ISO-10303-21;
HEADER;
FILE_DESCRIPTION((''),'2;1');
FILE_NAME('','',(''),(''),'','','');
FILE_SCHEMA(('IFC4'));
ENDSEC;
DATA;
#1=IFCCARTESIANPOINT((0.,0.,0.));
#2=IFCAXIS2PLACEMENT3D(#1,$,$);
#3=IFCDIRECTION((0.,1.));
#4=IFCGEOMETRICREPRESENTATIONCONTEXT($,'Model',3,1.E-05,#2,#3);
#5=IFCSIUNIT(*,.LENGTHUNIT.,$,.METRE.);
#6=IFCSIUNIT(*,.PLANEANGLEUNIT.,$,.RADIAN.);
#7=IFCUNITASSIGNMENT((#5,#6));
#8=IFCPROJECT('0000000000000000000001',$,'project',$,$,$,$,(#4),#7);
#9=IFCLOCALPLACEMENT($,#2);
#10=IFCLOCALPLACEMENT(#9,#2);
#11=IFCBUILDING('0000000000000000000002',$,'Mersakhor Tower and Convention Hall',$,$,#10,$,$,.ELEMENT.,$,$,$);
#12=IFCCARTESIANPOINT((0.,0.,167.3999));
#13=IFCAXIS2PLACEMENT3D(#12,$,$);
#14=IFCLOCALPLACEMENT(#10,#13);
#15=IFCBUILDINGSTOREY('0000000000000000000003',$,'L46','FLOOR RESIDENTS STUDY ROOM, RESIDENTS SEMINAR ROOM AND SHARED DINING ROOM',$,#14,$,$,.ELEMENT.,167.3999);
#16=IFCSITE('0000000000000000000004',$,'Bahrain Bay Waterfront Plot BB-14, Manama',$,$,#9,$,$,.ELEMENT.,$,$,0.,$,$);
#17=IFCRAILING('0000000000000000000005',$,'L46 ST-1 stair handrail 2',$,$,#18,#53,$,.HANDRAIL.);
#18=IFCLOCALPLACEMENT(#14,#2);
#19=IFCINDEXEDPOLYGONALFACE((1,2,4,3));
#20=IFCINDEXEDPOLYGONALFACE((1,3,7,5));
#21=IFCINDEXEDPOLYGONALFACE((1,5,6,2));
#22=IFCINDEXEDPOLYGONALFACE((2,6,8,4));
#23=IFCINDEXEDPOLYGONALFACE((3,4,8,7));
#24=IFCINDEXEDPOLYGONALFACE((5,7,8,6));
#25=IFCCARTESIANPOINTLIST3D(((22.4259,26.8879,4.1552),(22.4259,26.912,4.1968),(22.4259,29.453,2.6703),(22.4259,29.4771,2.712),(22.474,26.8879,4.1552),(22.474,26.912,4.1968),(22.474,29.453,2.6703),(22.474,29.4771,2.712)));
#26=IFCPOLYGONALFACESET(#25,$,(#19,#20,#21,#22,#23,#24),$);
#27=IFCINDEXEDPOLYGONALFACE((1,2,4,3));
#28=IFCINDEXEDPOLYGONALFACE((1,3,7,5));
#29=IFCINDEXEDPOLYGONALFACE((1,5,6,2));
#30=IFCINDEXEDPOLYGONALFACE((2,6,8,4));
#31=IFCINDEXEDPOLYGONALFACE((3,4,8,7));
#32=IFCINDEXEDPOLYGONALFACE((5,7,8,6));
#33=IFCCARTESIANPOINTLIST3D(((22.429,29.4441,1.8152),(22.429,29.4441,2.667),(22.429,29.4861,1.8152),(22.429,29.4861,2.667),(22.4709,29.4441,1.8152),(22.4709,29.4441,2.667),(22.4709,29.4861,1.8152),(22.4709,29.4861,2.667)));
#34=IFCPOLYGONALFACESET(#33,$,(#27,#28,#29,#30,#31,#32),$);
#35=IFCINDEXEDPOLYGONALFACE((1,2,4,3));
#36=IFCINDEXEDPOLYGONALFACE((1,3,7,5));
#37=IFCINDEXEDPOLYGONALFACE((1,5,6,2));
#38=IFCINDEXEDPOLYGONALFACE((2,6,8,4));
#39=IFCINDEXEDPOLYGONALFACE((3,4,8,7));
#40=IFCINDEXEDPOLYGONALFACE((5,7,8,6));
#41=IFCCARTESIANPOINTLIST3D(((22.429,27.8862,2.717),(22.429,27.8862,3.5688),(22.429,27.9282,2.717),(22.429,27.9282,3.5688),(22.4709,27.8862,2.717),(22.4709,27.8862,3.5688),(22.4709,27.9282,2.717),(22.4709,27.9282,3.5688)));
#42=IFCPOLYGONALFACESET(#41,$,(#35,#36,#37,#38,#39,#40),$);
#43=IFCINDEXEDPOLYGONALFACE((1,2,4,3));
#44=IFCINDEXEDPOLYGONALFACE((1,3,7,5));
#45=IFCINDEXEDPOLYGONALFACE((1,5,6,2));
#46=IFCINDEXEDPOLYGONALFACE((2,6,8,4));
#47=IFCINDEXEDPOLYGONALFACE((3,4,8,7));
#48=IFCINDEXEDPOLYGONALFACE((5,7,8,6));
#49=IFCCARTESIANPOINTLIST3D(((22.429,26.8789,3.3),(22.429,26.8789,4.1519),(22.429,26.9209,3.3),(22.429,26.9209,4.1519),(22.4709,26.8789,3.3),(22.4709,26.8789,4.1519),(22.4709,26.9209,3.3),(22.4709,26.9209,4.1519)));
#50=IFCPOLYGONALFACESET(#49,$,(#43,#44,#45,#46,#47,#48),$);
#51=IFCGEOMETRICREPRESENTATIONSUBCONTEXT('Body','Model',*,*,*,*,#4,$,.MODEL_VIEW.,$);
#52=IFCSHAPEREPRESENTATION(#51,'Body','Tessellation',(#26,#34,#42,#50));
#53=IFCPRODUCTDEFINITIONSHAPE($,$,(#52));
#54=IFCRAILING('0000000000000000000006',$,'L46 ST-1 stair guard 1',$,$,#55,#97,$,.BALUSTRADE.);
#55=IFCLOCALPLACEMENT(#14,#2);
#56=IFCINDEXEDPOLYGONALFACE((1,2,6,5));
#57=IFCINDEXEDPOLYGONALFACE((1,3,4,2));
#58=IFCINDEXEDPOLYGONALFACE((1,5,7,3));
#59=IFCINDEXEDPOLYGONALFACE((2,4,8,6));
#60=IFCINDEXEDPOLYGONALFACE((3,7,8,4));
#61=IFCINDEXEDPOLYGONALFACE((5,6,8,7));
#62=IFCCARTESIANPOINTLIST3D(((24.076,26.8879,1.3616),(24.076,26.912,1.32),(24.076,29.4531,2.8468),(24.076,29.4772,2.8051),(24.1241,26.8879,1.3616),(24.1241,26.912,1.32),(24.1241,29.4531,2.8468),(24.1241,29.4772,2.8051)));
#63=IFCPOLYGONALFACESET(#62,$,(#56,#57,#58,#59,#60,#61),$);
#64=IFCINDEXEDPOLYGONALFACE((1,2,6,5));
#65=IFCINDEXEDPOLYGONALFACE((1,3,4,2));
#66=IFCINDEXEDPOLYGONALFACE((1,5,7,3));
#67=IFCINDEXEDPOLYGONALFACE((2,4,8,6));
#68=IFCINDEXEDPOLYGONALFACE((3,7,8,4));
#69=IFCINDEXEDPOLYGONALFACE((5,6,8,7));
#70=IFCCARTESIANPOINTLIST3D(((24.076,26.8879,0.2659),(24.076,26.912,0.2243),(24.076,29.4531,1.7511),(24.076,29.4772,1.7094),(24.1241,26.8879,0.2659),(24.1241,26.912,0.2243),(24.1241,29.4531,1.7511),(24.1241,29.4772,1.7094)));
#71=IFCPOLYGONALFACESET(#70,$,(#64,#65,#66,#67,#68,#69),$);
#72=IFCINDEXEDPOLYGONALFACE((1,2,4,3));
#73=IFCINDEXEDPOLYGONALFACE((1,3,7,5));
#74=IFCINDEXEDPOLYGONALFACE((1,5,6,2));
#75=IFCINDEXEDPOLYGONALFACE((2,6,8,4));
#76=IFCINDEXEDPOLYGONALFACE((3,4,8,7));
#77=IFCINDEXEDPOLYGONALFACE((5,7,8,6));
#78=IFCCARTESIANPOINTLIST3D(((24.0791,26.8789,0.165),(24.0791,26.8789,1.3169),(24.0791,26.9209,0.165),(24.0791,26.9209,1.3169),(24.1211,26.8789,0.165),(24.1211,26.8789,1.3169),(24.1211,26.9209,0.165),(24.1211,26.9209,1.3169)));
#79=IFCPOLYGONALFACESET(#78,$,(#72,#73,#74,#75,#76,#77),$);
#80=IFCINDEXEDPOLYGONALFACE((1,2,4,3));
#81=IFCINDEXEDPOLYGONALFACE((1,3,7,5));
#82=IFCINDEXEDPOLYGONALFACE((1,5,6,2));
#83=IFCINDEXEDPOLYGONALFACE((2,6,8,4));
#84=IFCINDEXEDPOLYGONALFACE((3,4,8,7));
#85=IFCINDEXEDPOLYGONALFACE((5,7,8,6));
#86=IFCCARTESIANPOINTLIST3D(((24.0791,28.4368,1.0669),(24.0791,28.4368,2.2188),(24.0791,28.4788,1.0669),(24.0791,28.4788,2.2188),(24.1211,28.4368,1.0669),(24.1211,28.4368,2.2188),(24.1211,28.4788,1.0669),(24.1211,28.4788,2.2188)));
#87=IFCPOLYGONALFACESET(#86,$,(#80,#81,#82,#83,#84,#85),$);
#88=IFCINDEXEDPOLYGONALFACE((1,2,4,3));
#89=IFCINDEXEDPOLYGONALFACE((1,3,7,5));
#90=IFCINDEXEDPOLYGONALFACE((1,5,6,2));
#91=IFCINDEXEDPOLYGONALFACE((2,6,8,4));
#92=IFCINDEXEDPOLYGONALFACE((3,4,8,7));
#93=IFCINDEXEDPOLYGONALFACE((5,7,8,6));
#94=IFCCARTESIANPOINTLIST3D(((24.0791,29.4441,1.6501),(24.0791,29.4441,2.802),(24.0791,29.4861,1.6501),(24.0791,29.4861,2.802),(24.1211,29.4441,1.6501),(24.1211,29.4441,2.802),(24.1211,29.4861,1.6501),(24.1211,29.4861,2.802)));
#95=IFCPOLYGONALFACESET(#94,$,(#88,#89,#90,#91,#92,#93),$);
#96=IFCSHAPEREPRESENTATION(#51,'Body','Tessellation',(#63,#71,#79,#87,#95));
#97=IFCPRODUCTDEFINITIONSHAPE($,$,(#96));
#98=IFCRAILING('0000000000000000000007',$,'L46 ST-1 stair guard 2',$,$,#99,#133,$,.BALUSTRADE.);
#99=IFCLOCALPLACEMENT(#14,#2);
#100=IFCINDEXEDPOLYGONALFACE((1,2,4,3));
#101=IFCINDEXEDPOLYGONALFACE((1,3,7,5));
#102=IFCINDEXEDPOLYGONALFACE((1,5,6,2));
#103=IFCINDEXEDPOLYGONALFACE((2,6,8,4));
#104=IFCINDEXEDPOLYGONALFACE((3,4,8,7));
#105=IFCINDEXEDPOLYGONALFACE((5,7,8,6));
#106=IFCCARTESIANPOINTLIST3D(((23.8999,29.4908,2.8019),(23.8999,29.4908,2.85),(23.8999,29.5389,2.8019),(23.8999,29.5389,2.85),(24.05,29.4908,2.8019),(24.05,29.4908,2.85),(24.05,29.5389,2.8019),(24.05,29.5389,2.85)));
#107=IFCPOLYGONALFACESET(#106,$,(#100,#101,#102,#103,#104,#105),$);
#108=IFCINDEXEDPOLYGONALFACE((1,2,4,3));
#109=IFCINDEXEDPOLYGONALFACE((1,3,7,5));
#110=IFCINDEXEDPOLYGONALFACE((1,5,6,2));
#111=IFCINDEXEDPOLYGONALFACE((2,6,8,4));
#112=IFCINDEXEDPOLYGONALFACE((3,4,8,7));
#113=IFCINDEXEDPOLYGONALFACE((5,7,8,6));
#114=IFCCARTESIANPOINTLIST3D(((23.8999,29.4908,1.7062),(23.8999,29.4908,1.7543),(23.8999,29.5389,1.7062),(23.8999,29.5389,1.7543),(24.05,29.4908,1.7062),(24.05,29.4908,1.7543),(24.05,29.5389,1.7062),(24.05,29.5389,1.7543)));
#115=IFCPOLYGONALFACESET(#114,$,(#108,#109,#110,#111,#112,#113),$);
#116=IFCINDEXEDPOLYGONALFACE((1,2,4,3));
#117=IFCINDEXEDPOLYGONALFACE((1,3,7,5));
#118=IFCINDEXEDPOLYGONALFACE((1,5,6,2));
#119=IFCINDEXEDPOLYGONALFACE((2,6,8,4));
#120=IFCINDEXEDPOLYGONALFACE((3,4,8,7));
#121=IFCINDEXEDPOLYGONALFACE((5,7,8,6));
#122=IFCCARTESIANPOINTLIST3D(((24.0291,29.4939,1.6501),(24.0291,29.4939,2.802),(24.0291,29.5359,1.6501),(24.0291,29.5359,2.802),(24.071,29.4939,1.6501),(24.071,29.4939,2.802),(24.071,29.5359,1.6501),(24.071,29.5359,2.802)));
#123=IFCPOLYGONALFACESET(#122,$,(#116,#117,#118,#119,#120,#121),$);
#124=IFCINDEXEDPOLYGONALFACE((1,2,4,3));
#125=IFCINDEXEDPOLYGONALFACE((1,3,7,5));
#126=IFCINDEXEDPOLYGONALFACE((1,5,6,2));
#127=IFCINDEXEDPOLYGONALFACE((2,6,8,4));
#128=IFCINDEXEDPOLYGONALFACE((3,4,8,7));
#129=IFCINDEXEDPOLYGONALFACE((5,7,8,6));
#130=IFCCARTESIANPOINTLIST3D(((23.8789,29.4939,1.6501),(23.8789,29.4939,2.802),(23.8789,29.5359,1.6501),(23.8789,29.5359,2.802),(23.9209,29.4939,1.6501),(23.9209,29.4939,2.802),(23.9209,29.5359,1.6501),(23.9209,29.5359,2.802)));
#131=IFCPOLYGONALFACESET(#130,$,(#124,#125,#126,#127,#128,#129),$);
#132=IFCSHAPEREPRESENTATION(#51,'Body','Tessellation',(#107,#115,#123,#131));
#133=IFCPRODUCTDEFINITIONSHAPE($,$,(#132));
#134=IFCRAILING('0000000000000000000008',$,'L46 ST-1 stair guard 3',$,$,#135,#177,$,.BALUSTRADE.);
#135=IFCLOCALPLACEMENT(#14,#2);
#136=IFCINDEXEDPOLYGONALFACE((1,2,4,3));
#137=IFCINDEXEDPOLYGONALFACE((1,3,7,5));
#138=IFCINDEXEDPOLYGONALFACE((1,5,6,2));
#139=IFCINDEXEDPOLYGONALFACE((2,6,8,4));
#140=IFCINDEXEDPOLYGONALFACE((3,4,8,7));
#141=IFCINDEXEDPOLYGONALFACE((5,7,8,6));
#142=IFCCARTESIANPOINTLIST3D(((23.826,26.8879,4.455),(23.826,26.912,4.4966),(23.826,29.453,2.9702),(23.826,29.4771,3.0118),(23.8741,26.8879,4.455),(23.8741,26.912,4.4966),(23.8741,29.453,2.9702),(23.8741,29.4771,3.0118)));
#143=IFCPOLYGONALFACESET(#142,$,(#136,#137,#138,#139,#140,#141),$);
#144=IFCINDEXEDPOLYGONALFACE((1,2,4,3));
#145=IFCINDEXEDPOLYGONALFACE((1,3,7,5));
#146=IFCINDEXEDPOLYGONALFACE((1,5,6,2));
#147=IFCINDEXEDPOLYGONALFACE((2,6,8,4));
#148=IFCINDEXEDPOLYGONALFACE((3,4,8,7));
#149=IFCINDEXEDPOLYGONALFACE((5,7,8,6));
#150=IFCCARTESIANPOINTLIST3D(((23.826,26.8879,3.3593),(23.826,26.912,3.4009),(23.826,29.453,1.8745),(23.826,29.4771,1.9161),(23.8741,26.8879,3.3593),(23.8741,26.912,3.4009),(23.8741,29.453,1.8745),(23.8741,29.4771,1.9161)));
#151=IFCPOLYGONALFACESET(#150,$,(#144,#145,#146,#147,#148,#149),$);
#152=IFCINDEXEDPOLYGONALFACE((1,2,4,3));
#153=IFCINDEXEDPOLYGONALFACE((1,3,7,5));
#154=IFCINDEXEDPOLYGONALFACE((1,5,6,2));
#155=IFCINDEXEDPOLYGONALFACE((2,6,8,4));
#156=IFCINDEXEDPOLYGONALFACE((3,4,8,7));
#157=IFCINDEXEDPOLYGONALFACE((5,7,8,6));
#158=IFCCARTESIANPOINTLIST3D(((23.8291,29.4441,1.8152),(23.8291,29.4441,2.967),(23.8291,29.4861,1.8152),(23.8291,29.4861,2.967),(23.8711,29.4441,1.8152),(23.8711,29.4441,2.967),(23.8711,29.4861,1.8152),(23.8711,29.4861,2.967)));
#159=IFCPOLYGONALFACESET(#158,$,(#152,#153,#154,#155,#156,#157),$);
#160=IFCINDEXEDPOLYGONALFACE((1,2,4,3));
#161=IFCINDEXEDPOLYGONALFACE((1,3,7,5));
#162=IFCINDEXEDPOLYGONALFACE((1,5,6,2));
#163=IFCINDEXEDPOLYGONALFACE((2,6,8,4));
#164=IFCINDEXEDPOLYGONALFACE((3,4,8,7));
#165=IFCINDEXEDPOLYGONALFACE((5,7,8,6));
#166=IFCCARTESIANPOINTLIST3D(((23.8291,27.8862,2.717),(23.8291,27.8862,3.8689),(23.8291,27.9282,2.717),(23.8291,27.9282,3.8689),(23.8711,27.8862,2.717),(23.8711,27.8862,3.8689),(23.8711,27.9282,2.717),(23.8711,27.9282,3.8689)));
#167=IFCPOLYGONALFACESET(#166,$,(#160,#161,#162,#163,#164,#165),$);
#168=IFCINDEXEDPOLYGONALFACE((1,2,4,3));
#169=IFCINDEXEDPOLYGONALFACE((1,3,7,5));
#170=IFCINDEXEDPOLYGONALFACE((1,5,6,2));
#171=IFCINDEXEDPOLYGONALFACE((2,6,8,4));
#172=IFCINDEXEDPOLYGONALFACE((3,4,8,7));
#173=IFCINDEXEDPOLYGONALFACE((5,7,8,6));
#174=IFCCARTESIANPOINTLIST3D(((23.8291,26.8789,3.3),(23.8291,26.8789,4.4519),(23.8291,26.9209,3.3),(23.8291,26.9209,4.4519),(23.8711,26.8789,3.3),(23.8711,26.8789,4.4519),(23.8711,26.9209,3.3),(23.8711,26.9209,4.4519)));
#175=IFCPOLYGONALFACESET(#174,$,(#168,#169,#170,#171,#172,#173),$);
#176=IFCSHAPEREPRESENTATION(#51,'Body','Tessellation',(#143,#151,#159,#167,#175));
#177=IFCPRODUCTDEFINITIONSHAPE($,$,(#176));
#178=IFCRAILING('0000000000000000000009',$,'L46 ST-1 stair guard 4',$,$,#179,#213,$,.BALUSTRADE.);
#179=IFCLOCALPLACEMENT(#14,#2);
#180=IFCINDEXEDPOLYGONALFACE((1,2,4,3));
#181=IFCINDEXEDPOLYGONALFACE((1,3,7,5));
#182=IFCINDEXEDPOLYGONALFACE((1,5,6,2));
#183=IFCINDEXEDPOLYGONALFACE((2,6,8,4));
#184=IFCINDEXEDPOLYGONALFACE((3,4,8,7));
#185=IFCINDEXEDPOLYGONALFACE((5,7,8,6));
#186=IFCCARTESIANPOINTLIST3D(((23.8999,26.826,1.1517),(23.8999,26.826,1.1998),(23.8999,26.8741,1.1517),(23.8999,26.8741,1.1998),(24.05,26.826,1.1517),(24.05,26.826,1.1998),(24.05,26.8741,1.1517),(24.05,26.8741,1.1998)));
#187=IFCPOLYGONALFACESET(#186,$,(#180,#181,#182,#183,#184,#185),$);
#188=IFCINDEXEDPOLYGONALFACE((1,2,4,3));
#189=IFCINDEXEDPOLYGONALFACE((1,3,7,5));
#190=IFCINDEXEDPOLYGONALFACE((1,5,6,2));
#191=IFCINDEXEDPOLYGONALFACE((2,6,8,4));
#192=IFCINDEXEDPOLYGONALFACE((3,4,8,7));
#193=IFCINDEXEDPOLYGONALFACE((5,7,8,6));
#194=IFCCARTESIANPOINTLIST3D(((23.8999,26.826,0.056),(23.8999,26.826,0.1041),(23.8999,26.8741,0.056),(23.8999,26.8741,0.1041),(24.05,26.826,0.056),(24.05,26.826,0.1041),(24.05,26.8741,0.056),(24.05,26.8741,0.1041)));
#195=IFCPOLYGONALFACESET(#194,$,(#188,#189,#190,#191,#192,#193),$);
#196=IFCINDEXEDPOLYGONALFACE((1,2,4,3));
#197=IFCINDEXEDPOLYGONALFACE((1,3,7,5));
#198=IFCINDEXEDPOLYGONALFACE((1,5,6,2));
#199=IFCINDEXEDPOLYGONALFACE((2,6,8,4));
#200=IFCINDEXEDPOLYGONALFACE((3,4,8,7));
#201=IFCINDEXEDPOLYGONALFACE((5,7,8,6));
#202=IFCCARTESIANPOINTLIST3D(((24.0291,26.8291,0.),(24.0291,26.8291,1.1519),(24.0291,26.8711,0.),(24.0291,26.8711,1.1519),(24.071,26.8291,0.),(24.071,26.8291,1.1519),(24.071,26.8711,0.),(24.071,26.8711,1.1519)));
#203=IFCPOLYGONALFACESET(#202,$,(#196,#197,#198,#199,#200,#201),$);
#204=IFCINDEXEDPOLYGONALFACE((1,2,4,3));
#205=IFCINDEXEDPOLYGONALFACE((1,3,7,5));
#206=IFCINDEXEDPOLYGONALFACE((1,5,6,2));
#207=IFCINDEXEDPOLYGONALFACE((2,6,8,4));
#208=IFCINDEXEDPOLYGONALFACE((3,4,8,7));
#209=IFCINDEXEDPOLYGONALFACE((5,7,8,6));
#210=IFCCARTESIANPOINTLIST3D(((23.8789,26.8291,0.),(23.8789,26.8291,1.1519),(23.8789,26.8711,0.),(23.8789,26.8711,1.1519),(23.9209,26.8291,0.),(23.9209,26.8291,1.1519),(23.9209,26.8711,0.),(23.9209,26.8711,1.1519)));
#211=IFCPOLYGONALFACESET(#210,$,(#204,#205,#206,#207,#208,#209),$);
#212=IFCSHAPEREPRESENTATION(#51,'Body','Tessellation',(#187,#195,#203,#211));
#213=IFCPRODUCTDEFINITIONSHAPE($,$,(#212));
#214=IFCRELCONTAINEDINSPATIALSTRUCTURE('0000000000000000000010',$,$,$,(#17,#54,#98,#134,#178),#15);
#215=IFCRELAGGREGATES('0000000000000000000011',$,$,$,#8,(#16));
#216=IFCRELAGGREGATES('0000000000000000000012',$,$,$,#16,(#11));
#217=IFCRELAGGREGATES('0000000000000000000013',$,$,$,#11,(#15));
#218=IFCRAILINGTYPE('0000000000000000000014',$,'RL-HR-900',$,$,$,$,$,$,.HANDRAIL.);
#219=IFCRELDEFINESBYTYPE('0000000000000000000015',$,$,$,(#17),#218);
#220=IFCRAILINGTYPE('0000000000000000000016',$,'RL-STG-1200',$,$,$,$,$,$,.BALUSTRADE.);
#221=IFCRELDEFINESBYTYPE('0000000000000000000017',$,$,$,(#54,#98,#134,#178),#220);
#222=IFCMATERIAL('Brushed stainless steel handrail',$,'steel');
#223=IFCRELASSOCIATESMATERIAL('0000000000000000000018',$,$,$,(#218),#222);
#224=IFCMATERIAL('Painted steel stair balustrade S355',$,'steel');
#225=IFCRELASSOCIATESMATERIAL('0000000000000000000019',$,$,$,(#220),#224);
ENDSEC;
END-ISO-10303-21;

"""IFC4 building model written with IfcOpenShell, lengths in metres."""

from ifc_helpers import new_model, si_unit, direction, frame, origin, origin_2d, place, context, subcontext, project, spatial, rectangle, extrude, material, type_object, element, save


model = new_model("IFC4")

# Units and contexts
model_context = context("Model", 3, precision=1e-05, world=origin(), true_north=direction((0.0, 1.0)))
body_context = subcontext(model_context, "Body", "Model", "MODEL_VIEW")
ifc_project = project(units=[si_unit("LENGTHUNIT", "METRE"), si_unit("PLANEANGLEUNIT", "RADIAN")], contexts=[model_context])

# Site, building, storey
site_placement = place(None, origin())
site = spatial("IfcSite", under=ifc_project, at=site_placement, Name="Bahrain Bay Waterfront Plot BB-14, Manama", CompositionType="ELEMENT", RefElevation=0.0)
building_placement = place(site_placement, origin())
building = spatial("IfcBuilding", under=site, at=building_placement, Name="Mersakhor Tower and Convention Hall", CompositionType="ELEMENT")
storey_placement = place(building_placement, frame((0.0, 0.0, 167.3999)))
storey = spatial("IfcBuildingStorey", under=building, at=storey_placement, Name="L46", Description="FLOOR RESIDENTS STUDY ROOM, RESIDENTS SEMINAR ROOM AND SHARED DINING ROOM", CompositionType="ELEMENT", Elevation=167.3999)

# Railings
ifc_material_1 = material(Name="Brushed stainless steel handrail", Category="steel")
railing_type_1 = type_object("IfcRailingType", Name="RL-HR-900", PredefinedType="HANDRAIL", material=ifc_material_1)
railing_1_placement = place(storey_placement, frame((22.45, 29.4651, 1.8152)))
element("IfcRailing", 1, at=railing_1_placement, inside=storey, type_object=railing_type_1, Name="L46 ST-1 stair handrail 2", PredefinedType="HANDRAIL", context=body_context, shape_type="SweptSolid", body=[
    extrude(rectangle(XDim=0.0481, YDim=0.0481, at=origin_2d()), frame((0.0, 0.0, 0.876), z_axis=(0.0, -0.865462, 0.500975), x_axis=(1.0, 0.0, 0.0)), (0.0, 0.0, 1.0), 2.9639),
    extrude(rectangle(XDim=0.042, YDim=0.042, at=origin_2d()), origin(), (0.0, 0.0, 1.0), 0.8518),
    extrude(rectangle(XDim=0.042, YDim=0.042, at=origin_2d()), frame((0.0, -1.5579, 0.9019)), (0.0, 0.0, 1.0), 0.8518),
    extrude(rectangle(XDim=0.042, YDim=0.042, at=origin_2d()), frame((0.0, -2.5652, 1.4849)), (0.0, 0.0, 1.0), 0.8518),
])
ifc_material_2 = material(Name="Painted steel stair balustrade S355", Category="steel")
railing_type_2 = type_object("IfcRailingType", Name="RL-STG-1200", PredefinedType="BALUSTRADE", material=ifc_material_2)
railing_2_placement = place(storey_placement, frame((24.1001, 26.8999, 0.165)))
element("IfcRailing", 2, at=railing_2_placement, inside=storey, type_object=railing_type_2, Name="L46 ST-1 stair guard 1", PredefinedType="BALUSTRADE", context=body_context, shape_type="SweptSolid", body=[
    extrude(rectangle(XDim=0.0481, YDim=0.0481, at=origin_2d()), frame((0.0, 0.0, 1.1758), z_axis=(0.0, 0.865426, 0.501036), x_axis=(-1.0, 0.0, 0.0)), (0.0, 0.0, 1.0), 2.9641),
    extrude(rectangle(XDim=0.0481, YDim=0.0481, at=origin_2d()), frame((0.0, 0.0, 0.0801), z_axis=(0.0, 0.865426, 0.501036), x_axis=(-1.0, 0.0, 0.0)), (0.0, 0.0, 1.0), 2.9641),
    extrude(rectangle(XDim=0.042, YDim=0.042, at=origin_2d()), origin(), (0.0, 0.0, 1.0), 1.1519),
    extrude(rectangle(XDim=0.042, YDim=0.042, at=origin_2d()), frame((0.0, 1.5579, 0.9019)), (0.0, 0.0, 1.0), 1.1519),
    extrude(rectangle(XDim=0.042, YDim=0.042, at=origin_2d()), frame((0.0, 2.5652, 1.4851)), (0.0, 0.0, 1.0), 1.1519),
])
railing_3_placement = place(storey_placement, frame((24.05, 29.5149, 1.6501)))
element("IfcRailing", 3, at=railing_3_placement, inside=storey, type_object=railing_type_2, Name="L46 ST-1 stair guard 2", PredefinedType="BALUSTRADE", context=body_context, shape_type="SweptSolid", body=[
    extrude(rectangle(XDim=0.0481, YDim=0.0481, at=origin_2d()), frame((0.0, 0.0, 1.1758), z_axis=(-1.0, 0.0, 0.0), x_axis=(0.0, -1.0, 0.0)), (0.0, 0.0, 1.0), 0.1501),
    extrude(rectangle(XDim=0.0481, YDim=0.0481, at=origin_2d()), frame((0.0, 0.0, 0.0801), z_axis=(-1.0, 0.0, 0.0), x_axis=(0.0, -1.0, 0.0)), (0.0, 0.0, 1.0), 0.1501),
    extrude(rectangle(XDim=0.042, YDim=0.042, at=origin_2d()), origin(), (0.0, 0.0, 1.0), 1.1519),
    extrude(rectangle(XDim=0.042, YDim=0.042, at=origin_2d()), frame((-0.1501, 0.0, 0.0)), (0.0, 0.0, 1.0), 1.1519),
])
railing_4_placement = place(storey_placement, frame((23.8501, 29.4651, 1.8152)))
element("IfcRailing", 4, at=railing_4_placement, inside=storey, type_object=railing_type_2, Name="L46 ST-1 stair guard 3", PredefinedType="BALUSTRADE", context=body_context, shape_type="SweptSolid", body=[
    extrude(rectangle(XDim=0.0481, YDim=0.0481, at=origin_2d()), frame((0.0, 0.0, 1.1758), z_axis=(0.0, -0.865462, 0.500975), x_axis=(1.0, 0.0, 0.0)), (0.0, 0.0, 1.0), 2.9639),
    extrude(rectangle(XDim=0.0481, YDim=0.0481, at=origin_2d()), frame((0.0, 0.0, 0.0801), z_axis=(0.0, -0.865462, 0.500975), x_axis=(1.0, 0.0, 0.0)), (0.0, 0.0, 1.0), 2.9639),
    extrude(rectangle(XDim=0.042, YDim=0.042, at=origin_2d()), origin(), (0.0, 0.0, 1.0), 1.1519),
    extrude(rectangle(XDim=0.042, YDim=0.042, at=origin_2d()), frame((0.0, -1.5579, 0.9019)), (0.0, 0.0, 1.0), 1.1519),
    extrude(rectangle(XDim=0.042, YDim=0.042, at=origin_2d()), frame((0.0, -2.5652, 1.4849)), (0.0, 0.0, 1.0), 1.1519),
])
railing_5_placement = place(storey_placement, frame((24.05, 26.8501, 0.0)))
element("IfcRailing", 5, at=railing_5_placement, inside=storey, type_object=railing_type_2, Name="L46 ST-1 stair guard 4", PredefinedType="BALUSTRADE", context=body_context, shape_type="SweptSolid", body=[
    extrude(rectangle(XDim=0.0481, YDim=0.0481, at=origin_2d()), frame((0.0, 0.0, 1.1758), z_axis=(-1.0, 0.0, 0.0), x_axis=(0.0, -1.0, 0.0)), (0.0, 0.0, 1.0), 0.1501),
    extrude(rectangle(XDim=0.0481, YDim=0.0481, at=origin_2d()), frame((0.0, 0.0, 0.0801), z_axis=(-1.0, 0.0, 0.0), x_axis=(0.0, -1.0, 0.0)), (0.0, 0.0, 1.0), 0.1501),
    extrude(rectangle(XDim=0.042, YDim=0.042, at=origin_2d()), origin(), (0.0, 0.0, 1.0), 1.1519),
    extrude(rectangle(XDim=0.042, YDim=0.042, at=origin_2d()), frame((-0.1501, 0.0, 0.0)), (0.0, 0.0, 1.0), 1.1519),
])

save(model, "model.ifc")
